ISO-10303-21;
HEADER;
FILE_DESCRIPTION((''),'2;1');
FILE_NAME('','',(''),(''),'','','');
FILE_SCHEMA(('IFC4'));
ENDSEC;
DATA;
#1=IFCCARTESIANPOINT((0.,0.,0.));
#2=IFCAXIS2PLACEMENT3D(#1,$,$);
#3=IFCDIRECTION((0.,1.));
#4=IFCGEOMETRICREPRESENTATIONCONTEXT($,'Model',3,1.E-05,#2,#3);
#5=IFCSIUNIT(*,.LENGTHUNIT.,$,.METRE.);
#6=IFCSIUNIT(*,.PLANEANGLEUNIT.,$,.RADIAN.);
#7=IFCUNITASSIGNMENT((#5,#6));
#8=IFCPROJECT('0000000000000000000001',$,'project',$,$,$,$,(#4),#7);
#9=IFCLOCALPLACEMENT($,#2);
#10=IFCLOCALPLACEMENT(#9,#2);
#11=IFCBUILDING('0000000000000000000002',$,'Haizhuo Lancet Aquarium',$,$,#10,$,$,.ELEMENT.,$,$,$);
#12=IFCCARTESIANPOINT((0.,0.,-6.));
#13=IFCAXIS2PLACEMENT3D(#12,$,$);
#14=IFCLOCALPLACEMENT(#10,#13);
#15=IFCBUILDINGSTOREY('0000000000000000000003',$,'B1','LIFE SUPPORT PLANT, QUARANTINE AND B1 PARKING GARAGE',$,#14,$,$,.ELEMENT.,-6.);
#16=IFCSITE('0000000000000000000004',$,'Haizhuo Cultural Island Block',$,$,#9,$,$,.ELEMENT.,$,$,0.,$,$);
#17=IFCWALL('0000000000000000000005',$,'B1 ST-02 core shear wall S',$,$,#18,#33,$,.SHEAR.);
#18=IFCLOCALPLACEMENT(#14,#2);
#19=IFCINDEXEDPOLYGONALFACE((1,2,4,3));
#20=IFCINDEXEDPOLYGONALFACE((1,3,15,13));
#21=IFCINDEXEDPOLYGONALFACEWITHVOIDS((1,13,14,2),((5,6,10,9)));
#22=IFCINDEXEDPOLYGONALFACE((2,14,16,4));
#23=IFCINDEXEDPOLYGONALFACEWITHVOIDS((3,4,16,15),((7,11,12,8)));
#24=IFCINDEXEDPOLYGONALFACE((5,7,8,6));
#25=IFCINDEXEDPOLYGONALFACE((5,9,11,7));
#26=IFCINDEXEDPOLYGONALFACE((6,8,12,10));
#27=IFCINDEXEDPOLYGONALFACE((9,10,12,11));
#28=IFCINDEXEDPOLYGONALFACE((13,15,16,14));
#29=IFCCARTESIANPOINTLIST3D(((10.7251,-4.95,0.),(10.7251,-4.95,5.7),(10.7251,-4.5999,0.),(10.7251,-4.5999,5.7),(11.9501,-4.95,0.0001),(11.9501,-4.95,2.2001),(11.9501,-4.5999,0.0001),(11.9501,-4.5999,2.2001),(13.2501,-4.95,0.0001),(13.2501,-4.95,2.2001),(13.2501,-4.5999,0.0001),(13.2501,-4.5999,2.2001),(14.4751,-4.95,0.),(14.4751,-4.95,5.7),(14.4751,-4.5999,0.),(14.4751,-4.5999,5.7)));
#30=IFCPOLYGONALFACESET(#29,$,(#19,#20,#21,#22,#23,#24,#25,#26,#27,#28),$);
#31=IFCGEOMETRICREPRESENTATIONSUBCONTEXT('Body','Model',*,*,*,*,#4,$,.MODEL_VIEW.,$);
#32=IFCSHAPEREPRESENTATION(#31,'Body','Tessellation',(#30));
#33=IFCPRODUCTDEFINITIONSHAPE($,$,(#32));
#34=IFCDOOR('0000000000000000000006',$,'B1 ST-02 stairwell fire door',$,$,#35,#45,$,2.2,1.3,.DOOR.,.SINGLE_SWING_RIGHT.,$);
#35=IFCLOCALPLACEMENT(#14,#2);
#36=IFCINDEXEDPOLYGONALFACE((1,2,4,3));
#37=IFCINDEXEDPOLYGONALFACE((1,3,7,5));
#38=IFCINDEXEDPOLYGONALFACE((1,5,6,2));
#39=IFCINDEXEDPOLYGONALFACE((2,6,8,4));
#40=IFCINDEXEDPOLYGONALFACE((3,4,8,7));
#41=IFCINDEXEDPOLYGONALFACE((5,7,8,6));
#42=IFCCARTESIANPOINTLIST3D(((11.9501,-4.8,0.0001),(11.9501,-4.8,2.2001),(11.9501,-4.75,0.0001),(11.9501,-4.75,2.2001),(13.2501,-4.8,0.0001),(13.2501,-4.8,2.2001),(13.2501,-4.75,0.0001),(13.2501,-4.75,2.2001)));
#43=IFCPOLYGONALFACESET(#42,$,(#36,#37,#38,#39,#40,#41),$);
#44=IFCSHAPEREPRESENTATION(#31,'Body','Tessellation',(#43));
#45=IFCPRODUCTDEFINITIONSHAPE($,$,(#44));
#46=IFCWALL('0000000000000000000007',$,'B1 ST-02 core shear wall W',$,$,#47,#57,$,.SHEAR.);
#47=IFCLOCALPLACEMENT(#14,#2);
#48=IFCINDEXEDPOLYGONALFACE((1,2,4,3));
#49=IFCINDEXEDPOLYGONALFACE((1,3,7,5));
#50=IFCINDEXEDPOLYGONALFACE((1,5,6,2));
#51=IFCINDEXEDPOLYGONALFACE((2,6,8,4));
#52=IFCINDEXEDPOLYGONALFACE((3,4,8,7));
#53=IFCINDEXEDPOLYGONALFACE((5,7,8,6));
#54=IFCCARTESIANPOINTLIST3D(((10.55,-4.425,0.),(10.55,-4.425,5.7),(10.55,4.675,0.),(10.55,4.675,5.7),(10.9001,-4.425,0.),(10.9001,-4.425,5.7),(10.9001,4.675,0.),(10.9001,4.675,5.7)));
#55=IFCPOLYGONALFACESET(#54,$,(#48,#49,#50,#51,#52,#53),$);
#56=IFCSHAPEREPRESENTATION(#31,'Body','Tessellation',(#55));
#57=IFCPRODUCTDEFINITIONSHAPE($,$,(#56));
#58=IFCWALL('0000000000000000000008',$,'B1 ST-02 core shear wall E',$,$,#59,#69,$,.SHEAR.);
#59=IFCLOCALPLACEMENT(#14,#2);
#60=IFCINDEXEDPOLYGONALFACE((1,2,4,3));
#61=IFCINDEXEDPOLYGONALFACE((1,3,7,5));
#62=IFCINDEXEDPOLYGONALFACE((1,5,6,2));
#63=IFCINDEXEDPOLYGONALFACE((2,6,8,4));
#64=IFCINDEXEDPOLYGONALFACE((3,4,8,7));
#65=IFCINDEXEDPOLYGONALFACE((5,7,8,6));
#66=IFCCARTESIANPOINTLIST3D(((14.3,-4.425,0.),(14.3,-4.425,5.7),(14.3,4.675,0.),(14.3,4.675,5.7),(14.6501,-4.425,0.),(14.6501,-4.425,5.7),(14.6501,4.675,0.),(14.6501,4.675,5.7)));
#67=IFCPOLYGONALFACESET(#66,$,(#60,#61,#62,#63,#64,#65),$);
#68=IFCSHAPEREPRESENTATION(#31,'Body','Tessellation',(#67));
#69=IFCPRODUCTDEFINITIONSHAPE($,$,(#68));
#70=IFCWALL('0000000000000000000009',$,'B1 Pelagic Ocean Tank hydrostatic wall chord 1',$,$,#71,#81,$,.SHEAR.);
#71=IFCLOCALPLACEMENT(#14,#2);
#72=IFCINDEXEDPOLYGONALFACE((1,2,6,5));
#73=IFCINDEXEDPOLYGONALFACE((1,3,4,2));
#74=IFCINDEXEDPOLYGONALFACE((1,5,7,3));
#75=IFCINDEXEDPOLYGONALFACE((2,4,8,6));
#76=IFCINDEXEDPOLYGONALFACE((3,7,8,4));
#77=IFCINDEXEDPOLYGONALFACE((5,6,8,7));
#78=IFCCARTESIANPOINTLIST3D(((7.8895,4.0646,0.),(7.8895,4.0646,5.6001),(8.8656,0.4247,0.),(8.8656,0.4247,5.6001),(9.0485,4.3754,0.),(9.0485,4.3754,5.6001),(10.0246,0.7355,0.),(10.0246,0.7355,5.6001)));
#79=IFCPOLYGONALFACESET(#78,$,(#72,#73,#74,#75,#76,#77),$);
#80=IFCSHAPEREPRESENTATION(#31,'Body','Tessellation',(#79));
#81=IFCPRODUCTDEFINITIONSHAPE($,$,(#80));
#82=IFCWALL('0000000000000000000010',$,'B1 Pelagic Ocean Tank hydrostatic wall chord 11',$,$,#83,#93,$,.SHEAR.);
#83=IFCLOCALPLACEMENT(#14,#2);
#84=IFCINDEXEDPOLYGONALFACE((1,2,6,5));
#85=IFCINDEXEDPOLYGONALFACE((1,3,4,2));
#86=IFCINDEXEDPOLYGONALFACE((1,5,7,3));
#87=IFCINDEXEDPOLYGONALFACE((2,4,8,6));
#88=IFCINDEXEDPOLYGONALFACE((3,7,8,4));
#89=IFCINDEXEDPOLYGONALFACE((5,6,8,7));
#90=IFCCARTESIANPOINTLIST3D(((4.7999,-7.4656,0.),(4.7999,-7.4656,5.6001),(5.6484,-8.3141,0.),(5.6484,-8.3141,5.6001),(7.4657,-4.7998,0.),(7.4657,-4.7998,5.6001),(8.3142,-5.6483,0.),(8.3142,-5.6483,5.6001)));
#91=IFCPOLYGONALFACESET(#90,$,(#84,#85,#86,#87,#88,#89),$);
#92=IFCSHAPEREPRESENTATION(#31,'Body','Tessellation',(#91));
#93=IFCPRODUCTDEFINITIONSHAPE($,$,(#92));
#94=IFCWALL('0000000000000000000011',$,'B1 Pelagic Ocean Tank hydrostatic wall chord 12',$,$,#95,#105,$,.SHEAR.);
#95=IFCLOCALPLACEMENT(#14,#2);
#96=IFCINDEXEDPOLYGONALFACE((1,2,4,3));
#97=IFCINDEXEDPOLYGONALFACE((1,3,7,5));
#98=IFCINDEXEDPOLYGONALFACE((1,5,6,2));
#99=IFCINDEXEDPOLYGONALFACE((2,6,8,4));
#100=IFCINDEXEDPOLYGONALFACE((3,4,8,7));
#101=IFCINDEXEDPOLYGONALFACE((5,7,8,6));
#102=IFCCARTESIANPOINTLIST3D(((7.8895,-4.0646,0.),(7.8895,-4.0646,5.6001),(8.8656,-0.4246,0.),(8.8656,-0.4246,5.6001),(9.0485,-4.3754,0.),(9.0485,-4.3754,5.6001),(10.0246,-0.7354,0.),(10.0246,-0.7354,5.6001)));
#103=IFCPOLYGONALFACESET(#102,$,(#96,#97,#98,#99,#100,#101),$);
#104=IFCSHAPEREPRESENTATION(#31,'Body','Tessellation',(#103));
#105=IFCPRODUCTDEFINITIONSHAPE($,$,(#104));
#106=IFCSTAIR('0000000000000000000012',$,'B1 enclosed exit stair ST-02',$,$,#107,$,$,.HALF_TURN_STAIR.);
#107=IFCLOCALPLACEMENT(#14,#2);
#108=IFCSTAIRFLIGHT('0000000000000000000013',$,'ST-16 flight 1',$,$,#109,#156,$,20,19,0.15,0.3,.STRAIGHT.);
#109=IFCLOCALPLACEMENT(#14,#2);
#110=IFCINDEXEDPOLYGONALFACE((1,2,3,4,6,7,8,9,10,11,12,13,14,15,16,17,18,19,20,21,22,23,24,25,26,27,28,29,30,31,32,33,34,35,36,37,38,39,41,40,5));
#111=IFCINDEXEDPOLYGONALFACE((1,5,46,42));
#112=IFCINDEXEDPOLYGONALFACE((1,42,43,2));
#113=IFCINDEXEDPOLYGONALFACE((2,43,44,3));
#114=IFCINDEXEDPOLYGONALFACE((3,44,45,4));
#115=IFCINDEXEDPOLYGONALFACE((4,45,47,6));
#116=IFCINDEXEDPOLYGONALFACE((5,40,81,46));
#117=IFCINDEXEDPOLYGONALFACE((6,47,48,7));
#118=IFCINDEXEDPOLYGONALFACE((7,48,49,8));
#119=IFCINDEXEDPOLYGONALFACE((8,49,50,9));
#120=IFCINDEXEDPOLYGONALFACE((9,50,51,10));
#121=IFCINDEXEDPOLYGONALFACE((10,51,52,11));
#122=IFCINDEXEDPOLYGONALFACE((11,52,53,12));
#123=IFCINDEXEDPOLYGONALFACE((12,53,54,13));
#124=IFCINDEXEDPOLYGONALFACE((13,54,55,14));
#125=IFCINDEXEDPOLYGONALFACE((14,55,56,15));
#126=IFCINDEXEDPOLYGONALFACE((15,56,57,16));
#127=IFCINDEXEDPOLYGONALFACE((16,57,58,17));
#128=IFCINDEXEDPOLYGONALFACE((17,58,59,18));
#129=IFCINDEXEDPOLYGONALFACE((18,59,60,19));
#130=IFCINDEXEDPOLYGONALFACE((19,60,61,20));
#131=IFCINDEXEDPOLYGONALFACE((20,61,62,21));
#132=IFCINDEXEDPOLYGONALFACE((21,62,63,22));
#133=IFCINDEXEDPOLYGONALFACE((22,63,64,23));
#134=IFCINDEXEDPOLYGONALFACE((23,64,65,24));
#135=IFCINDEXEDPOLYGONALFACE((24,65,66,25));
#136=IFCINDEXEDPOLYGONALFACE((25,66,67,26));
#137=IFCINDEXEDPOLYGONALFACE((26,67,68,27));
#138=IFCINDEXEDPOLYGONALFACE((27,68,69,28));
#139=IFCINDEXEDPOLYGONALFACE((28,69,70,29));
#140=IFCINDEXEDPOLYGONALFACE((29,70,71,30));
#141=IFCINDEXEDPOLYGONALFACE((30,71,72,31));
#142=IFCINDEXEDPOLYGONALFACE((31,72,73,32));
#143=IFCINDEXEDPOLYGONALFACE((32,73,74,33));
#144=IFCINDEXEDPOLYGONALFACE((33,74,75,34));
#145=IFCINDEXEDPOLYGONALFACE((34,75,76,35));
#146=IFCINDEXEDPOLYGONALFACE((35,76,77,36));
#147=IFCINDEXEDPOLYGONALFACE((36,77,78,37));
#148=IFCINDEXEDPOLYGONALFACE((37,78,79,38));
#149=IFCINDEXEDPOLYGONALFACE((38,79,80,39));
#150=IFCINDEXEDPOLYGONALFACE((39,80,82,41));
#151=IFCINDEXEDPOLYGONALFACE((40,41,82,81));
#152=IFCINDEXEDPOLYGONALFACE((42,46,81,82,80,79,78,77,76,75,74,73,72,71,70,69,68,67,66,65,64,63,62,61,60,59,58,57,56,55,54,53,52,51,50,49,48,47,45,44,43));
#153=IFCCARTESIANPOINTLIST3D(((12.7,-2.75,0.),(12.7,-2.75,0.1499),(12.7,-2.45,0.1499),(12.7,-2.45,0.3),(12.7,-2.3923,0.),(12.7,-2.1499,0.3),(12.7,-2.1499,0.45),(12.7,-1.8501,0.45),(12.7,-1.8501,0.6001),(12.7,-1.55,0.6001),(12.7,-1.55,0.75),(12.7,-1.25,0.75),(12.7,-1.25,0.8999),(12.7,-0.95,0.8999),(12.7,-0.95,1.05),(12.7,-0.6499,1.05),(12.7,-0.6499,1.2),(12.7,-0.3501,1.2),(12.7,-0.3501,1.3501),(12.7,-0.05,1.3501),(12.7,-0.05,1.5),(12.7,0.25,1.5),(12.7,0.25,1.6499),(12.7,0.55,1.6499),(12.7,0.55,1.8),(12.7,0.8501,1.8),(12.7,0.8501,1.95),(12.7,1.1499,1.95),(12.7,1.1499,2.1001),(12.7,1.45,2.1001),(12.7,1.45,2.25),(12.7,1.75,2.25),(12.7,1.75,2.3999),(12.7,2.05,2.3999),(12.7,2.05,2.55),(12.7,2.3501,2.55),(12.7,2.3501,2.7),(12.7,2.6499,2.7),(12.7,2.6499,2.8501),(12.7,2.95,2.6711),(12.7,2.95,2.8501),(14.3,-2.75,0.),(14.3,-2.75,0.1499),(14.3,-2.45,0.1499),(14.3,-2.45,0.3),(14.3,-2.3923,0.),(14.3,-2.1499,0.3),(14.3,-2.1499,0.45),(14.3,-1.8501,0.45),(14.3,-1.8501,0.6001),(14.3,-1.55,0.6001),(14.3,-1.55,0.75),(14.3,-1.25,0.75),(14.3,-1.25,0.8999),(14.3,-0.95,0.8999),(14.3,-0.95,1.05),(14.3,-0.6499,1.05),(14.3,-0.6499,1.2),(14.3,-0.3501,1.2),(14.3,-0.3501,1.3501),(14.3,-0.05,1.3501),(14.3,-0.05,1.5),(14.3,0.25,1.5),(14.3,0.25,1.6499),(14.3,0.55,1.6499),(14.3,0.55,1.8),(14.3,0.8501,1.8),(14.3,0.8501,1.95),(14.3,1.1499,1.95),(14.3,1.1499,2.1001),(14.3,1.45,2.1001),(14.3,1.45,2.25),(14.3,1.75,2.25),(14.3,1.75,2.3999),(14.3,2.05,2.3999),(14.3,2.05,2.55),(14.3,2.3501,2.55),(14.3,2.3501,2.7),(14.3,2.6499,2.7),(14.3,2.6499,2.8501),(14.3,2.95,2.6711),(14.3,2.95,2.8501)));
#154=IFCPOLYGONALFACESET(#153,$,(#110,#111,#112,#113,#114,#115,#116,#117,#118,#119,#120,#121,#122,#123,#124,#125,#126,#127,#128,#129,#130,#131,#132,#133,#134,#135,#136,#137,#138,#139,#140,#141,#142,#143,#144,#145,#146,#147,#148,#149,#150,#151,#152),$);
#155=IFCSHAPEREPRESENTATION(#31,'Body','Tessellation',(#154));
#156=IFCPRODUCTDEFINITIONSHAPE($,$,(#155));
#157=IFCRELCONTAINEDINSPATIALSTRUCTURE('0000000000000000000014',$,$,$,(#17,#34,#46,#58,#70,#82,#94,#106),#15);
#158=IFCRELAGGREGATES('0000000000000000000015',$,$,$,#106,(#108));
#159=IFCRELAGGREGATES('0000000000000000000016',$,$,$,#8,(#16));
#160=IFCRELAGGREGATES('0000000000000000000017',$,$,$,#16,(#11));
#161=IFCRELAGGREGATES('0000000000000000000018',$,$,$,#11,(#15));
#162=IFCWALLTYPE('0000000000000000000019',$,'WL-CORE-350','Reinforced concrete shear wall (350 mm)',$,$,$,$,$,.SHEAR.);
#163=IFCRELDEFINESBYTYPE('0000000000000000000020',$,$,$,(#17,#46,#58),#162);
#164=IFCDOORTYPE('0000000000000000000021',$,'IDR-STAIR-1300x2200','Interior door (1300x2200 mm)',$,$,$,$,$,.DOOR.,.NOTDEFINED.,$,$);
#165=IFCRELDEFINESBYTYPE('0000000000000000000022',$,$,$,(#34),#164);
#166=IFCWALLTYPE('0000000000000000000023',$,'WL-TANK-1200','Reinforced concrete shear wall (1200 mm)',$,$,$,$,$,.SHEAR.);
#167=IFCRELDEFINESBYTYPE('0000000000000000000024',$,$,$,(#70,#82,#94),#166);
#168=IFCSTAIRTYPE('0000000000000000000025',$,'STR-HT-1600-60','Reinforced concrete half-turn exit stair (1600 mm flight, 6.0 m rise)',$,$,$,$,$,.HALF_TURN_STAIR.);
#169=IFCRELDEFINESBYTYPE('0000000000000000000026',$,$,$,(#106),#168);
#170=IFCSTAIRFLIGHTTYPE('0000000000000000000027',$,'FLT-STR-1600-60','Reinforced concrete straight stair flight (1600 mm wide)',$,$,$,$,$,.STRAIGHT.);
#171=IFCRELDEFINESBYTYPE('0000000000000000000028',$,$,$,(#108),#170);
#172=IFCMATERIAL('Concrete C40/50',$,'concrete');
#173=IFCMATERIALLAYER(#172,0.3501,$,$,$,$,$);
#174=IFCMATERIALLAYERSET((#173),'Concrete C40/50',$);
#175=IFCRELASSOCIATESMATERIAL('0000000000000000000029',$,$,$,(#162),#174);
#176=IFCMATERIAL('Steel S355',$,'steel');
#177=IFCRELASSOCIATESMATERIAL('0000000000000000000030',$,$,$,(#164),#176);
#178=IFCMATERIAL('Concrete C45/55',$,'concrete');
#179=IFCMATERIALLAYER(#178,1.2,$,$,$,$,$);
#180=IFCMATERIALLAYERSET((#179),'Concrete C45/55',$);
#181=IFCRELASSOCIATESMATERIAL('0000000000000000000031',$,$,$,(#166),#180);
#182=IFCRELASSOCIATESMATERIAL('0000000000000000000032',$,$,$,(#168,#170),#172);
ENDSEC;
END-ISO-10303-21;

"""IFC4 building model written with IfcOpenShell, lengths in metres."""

from ifc_helpers import new_model, si_unit, direction, frame, frame_2d, origin, place, context, subcontext, project, spatial, polyline, rectangle, outline, extrude, material, layer, layer_set, type_object, element, fill, aggregate, save


model = new_model("IFC4")

# Units and contexts
model_context = context("Model", 3, precision=1e-05, world=origin(), true_north=direction((0.0, 1.0)))
body_context = subcontext(model_context, "Body", "Model", "MODEL_VIEW")
ifc_project = project(units=[si_unit("LENGTHUNIT", "METRE"), si_unit("PLANEANGLEUNIT", "RADIAN")], contexts=[model_context])

# Site, building, storey
site_placement = place(None, origin())
site = spatial("IfcSite", under=ifc_project, at=site_placement, Name="Haizhuo Cultural Island Block", CompositionType="ELEMENT", RefElevation=0.0)
building_placement = place(site_placement, origin())
building = spatial("IfcBuilding", under=site, at=building_placement, Name="Haizhuo Lancet Aquarium", CompositionType="ELEMENT")
storey_placement = place(building_placement, frame((0.0, 0.0, -6.0)))
storey = spatial("IfcBuildingStorey", under=building, at=storey_placement, Name="B1", Description="LIFE SUPPORT PLANT, QUARANTINE AND B1 PARKING GARAGE", CompositionType="ELEMENT", Elevation=-6.0)

# Shared definitions
ifc_material_1 = material(Name="Concrete C40/50", Category="concrete")

# Shared definitions
ifc_material_2 = material(Name="Steel S355", Category="steel")

# Wall, opening, door
ifc_layer_1 = layer(ifc_material_1, 0.3501)
ifc_layer_set_1 = layer_set([ifc_layer_1], Name="Concrete C40/50")
wall_type_1 = type_object("IfcWallType", Name="WL-CORE-350", Description="Reinforced concrete shear wall (350 mm)", PredefinedType="SHEAR", material=ifc_layer_set_1)
wall_1_placement = place(storey_placement, frame((10.7251, -4.7749, 0.0), z_axis=(0.0, 0.0, 1.0), x_axis=(1.0, 0.0, 0.0)))
wall_1 = element("IfcWall", 1, at=wall_1_placement, inside=storey, type_object=wall_type_1, Name="B1 ST-02 core shear wall S", PredefinedType="SHEAR", context=body_context, shape_type="SweptSolid", body=[
    extrude(rectangle(XDim=3.75, YDim=0.3501, at=frame_2d((1.875, 0.0))), origin(), (0.0, 0.0, 1.0), 5.7),
])
opening_placement = place(wall_1_placement, frame((1.2251, 0.0, 0.0)))
opening = element("IfcOpeningElement", 2, at=opening_placement, cuts=wall_1, PredefinedType="OPENING", context=body_context, shape_type="SweptSolid", body=[
    extrude(rectangle(XDim=1.3, YDim=2.2, at=frame_2d((0.6499, 1.1001))), frame((0.0, 0.1851, 0.0), z_axis=(0.0, -1.0, 0.0), x_axis=(1.0, 0.0, 0.0)), (0.0, 0.0, 1.0), 0.3701),
])
door_type = type_object("IfcDoorType", Name="IDR-STAIR-1300x2200", Description="Interior door (1300x2200 mm)", OperationType="NOTDEFINED", PredefinedType="DOOR", material=ifc_material_2)
door_placement = place(opening_placement, origin())
door = element("IfcDoor", 3, at=door_placement, inside=storey, type_object=door_type, Name="B1 ST-02 stairwell fire door", OperationType="SINGLE_SWING_RIGHT", OverallHeight=2.2, OverallWidth=1.3, PredefinedType="DOOR", context=body_context, shape_type="SweptSolid", body=[
    extrude(rectangle(XDim=1.3, YDim=2.2, at=frame_2d((0.6499, 1.1001))), frame((0.0, 0.0249, 0.0), z_axis=(0.0, -1.0, 0.0), x_axis=(1.0, 0.0, 0.0)), (0.0, 0.0, 1.0), 0.05),
])
fill(opening, door)

# Walls
for number, where, z_axis, x_axis, name in (
    (4, (10.7251, -4.425, 0.0), (0.0, 0.0, 1.0), (0.0, 1.0, 0.0), "B1 ST-02 core shear wall W"),
    (5, (14.4751, -4.425, 0.0), (0.0, 0.0, 1.0), (0.0, 1.0, 0.0), "B1 ST-02 core shear wall E"),
):
    element("IfcWall", number, at=place(storey_placement, frame(where, z_axis=z_axis, x_axis=x_axis)), inside=storey, type_object=wall_type_1, Name=name, PredefinedType="SHEAR", context=body_context, shape_type="SweptSolid", body=[
        extrude(rectangle(XDim=9.1001, YDim=0.3501, at=frame_2d((4.55, 0.0))), origin(), (0.0, 0.0, 1.0), 5.7),
    ])
ifc_material_3 = material(Name="Concrete C45/55", Category="concrete")
ifc_layer_2 = layer(ifc_material_3, 1.2)
ifc_layer_set_2 = layer_set([ifc_layer_2], Name="Concrete C45/55")
wall_type_2 = type_object("IfcWallType", Name="WL-TANK-1200", Description="Reinforced concrete shear wall (1200 mm)", PredefinedType="SHEAR", material=ifc_layer_set_2)
wall_2_placement = place(storey_placement, frame((9.4451, 0.5801, 0.0), z_axis=(0.0, 0.0, 1.0), x_axis=(-0.259009, 0.965875, 0.0)))
element("IfcWall", 6, at=wall_2_placement, inside=storey, type_object=wall_type_2, Name="B1 Pelagic Ocean Tank hydrostatic wall chord 1", PredefinedType="SHEAR", context=body_context, shape_type="SweptSolid", body=[
    extrude(rectangle(XDim=3.7686, YDim=1.2, at=frame_2d((1.8843, 0.0))), origin(), (0.0, 0.0, 1.0), 5.6001),
])
wall_3_placement = place(storey_placement, frame((5.2241, -7.8899, 0.0), z_axis=(0.0, 0.0, 1.0), x_axis=(0.707107, 0.707107, 0.0)))
element("IfcWall", 7, at=wall_3_placement, inside=storey, type_object=wall_type_2, Name="B1 Pelagic Ocean Tank hydrostatic wall chord 11", PredefinedType="SHEAR", context=body_context, shape_type="SweptSolid", body=[
    extrude(rectangle(XDim=3.77, YDim=1.2, at=frame_2d((1.885, 0.0))), origin(), (0.0, 0.0, 1.0), 5.6001),
])
wall_4_placement = place(storey_placement, frame((8.469, -4.22, 0.0), z_axis=(0.0, 0.0, 1.0), x_axis=(0.259009, 0.965875, 0.0)))
element("IfcWall", 8, at=wall_4_placement, inside=storey, type_object=wall_type_2, Name="B1 Pelagic Ocean Tank hydrostatic wall chord 12", PredefinedType="SHEAR", context=body_context, shape_type="SweptSolid", body=[
    extrude(rectangle(XDim=3.7686, YDim=1.2, at=frame_2d((1.8843, 0.0))), origin(), (0.0, 0.0, 1.0), 5.6001),
])

# Stair, stair flight
stair_type = type_object("IfcStairType", Name="STR-HT-1600-60", Description="Reinforced concrete half-turn exit stair (1600 mm flight, 6.0 m rise)", PredefinedType="HALF_TURN_STAIR", material=ifc_material_1)
stair_placement = place(storey_placement, origin())
stair = element("IfcStair", 9, at=stair_placement, inside=storey, type_object=stair_type, Name="B1 enclosed exit stair ST-02", PredefinedType="HALF_TURN_STAIR")
stair_flight_type = type_object("IfcStairFlightType", Name="FLT-STR-1600-60", Description="Reinforced concrete straight stair flight (1600 mm wide)", PredefinedType="STRAIGHT", material=ifc_material_1)
stair_flight_placement = place(storey_placement, frame((13.5, -2.75, 0.0), z_axis=(0.0, 0.0, 1.0), x_axis=(0.0, 1.0, 0.0)))
stair_flight = element("IfcStairFlight", 10, at=stair_flight_placement, type_object=stair_flight_type, Name="ST-16 flight 1", NumberOfRisers=20, NumberOfTreads=19, PredefinedType="STRAIGHT", RiserHeight=0.15, TreadLength=0.3, context=body_context, shape_type="SweptSolid", body=[
    extrude(outline(polyline([(0.0, 0.0), (0.0, 0.1499), (0.3, 0.1499), (0.3, 0.3), (0.6001, 0.3), (0.6001, 0.45), (0.8999, 0.45), (0.8999, 0.6001), (1.2, 0.6001), (1.2, 0.75), (1.5, 0.75), (1.5, 0.8999), (1.8, 0.8999), (1.8, 1.05), (2.1001, 1.05), (2.1001, 1.2), (2.3999, 1.2), (2.3999, 1.3501), (2.7, 1.3501), (2.7, 1.5), (3.0, 1.5), (3.0, 1.6499), (3.3, 1.6499), (3.3, 1.8), (3.6001, 1.8), (3.6001, 1.95), (3.8999, 1.95), (3.8999, 2.1001), (4.2, 2.1001), (4.2, 2.25), (4.5, 2.25), (4.5, 2.3999), (4.8, 2.3999), (4.8, 2.55), (5.1001, 2.55), (5.1001, 2.7), (5.3999, 2.7), (5.3999, 2.8501), (5.7, 2.8501), (5.7, 3.0), (5.7, 2.6711), (0.3577, 0.0), (0.0, 0.0)])), frame((0.0, 0.8, 0.0), z_axis=(0.0, -1.0, 0.0), x_axis=(1.0, 0.0, 0.0)), (0.0, 0.0, 1.0), 1.6001),
])
aggregate(stair, [stair_flight])

save(model, "model.ifc")
